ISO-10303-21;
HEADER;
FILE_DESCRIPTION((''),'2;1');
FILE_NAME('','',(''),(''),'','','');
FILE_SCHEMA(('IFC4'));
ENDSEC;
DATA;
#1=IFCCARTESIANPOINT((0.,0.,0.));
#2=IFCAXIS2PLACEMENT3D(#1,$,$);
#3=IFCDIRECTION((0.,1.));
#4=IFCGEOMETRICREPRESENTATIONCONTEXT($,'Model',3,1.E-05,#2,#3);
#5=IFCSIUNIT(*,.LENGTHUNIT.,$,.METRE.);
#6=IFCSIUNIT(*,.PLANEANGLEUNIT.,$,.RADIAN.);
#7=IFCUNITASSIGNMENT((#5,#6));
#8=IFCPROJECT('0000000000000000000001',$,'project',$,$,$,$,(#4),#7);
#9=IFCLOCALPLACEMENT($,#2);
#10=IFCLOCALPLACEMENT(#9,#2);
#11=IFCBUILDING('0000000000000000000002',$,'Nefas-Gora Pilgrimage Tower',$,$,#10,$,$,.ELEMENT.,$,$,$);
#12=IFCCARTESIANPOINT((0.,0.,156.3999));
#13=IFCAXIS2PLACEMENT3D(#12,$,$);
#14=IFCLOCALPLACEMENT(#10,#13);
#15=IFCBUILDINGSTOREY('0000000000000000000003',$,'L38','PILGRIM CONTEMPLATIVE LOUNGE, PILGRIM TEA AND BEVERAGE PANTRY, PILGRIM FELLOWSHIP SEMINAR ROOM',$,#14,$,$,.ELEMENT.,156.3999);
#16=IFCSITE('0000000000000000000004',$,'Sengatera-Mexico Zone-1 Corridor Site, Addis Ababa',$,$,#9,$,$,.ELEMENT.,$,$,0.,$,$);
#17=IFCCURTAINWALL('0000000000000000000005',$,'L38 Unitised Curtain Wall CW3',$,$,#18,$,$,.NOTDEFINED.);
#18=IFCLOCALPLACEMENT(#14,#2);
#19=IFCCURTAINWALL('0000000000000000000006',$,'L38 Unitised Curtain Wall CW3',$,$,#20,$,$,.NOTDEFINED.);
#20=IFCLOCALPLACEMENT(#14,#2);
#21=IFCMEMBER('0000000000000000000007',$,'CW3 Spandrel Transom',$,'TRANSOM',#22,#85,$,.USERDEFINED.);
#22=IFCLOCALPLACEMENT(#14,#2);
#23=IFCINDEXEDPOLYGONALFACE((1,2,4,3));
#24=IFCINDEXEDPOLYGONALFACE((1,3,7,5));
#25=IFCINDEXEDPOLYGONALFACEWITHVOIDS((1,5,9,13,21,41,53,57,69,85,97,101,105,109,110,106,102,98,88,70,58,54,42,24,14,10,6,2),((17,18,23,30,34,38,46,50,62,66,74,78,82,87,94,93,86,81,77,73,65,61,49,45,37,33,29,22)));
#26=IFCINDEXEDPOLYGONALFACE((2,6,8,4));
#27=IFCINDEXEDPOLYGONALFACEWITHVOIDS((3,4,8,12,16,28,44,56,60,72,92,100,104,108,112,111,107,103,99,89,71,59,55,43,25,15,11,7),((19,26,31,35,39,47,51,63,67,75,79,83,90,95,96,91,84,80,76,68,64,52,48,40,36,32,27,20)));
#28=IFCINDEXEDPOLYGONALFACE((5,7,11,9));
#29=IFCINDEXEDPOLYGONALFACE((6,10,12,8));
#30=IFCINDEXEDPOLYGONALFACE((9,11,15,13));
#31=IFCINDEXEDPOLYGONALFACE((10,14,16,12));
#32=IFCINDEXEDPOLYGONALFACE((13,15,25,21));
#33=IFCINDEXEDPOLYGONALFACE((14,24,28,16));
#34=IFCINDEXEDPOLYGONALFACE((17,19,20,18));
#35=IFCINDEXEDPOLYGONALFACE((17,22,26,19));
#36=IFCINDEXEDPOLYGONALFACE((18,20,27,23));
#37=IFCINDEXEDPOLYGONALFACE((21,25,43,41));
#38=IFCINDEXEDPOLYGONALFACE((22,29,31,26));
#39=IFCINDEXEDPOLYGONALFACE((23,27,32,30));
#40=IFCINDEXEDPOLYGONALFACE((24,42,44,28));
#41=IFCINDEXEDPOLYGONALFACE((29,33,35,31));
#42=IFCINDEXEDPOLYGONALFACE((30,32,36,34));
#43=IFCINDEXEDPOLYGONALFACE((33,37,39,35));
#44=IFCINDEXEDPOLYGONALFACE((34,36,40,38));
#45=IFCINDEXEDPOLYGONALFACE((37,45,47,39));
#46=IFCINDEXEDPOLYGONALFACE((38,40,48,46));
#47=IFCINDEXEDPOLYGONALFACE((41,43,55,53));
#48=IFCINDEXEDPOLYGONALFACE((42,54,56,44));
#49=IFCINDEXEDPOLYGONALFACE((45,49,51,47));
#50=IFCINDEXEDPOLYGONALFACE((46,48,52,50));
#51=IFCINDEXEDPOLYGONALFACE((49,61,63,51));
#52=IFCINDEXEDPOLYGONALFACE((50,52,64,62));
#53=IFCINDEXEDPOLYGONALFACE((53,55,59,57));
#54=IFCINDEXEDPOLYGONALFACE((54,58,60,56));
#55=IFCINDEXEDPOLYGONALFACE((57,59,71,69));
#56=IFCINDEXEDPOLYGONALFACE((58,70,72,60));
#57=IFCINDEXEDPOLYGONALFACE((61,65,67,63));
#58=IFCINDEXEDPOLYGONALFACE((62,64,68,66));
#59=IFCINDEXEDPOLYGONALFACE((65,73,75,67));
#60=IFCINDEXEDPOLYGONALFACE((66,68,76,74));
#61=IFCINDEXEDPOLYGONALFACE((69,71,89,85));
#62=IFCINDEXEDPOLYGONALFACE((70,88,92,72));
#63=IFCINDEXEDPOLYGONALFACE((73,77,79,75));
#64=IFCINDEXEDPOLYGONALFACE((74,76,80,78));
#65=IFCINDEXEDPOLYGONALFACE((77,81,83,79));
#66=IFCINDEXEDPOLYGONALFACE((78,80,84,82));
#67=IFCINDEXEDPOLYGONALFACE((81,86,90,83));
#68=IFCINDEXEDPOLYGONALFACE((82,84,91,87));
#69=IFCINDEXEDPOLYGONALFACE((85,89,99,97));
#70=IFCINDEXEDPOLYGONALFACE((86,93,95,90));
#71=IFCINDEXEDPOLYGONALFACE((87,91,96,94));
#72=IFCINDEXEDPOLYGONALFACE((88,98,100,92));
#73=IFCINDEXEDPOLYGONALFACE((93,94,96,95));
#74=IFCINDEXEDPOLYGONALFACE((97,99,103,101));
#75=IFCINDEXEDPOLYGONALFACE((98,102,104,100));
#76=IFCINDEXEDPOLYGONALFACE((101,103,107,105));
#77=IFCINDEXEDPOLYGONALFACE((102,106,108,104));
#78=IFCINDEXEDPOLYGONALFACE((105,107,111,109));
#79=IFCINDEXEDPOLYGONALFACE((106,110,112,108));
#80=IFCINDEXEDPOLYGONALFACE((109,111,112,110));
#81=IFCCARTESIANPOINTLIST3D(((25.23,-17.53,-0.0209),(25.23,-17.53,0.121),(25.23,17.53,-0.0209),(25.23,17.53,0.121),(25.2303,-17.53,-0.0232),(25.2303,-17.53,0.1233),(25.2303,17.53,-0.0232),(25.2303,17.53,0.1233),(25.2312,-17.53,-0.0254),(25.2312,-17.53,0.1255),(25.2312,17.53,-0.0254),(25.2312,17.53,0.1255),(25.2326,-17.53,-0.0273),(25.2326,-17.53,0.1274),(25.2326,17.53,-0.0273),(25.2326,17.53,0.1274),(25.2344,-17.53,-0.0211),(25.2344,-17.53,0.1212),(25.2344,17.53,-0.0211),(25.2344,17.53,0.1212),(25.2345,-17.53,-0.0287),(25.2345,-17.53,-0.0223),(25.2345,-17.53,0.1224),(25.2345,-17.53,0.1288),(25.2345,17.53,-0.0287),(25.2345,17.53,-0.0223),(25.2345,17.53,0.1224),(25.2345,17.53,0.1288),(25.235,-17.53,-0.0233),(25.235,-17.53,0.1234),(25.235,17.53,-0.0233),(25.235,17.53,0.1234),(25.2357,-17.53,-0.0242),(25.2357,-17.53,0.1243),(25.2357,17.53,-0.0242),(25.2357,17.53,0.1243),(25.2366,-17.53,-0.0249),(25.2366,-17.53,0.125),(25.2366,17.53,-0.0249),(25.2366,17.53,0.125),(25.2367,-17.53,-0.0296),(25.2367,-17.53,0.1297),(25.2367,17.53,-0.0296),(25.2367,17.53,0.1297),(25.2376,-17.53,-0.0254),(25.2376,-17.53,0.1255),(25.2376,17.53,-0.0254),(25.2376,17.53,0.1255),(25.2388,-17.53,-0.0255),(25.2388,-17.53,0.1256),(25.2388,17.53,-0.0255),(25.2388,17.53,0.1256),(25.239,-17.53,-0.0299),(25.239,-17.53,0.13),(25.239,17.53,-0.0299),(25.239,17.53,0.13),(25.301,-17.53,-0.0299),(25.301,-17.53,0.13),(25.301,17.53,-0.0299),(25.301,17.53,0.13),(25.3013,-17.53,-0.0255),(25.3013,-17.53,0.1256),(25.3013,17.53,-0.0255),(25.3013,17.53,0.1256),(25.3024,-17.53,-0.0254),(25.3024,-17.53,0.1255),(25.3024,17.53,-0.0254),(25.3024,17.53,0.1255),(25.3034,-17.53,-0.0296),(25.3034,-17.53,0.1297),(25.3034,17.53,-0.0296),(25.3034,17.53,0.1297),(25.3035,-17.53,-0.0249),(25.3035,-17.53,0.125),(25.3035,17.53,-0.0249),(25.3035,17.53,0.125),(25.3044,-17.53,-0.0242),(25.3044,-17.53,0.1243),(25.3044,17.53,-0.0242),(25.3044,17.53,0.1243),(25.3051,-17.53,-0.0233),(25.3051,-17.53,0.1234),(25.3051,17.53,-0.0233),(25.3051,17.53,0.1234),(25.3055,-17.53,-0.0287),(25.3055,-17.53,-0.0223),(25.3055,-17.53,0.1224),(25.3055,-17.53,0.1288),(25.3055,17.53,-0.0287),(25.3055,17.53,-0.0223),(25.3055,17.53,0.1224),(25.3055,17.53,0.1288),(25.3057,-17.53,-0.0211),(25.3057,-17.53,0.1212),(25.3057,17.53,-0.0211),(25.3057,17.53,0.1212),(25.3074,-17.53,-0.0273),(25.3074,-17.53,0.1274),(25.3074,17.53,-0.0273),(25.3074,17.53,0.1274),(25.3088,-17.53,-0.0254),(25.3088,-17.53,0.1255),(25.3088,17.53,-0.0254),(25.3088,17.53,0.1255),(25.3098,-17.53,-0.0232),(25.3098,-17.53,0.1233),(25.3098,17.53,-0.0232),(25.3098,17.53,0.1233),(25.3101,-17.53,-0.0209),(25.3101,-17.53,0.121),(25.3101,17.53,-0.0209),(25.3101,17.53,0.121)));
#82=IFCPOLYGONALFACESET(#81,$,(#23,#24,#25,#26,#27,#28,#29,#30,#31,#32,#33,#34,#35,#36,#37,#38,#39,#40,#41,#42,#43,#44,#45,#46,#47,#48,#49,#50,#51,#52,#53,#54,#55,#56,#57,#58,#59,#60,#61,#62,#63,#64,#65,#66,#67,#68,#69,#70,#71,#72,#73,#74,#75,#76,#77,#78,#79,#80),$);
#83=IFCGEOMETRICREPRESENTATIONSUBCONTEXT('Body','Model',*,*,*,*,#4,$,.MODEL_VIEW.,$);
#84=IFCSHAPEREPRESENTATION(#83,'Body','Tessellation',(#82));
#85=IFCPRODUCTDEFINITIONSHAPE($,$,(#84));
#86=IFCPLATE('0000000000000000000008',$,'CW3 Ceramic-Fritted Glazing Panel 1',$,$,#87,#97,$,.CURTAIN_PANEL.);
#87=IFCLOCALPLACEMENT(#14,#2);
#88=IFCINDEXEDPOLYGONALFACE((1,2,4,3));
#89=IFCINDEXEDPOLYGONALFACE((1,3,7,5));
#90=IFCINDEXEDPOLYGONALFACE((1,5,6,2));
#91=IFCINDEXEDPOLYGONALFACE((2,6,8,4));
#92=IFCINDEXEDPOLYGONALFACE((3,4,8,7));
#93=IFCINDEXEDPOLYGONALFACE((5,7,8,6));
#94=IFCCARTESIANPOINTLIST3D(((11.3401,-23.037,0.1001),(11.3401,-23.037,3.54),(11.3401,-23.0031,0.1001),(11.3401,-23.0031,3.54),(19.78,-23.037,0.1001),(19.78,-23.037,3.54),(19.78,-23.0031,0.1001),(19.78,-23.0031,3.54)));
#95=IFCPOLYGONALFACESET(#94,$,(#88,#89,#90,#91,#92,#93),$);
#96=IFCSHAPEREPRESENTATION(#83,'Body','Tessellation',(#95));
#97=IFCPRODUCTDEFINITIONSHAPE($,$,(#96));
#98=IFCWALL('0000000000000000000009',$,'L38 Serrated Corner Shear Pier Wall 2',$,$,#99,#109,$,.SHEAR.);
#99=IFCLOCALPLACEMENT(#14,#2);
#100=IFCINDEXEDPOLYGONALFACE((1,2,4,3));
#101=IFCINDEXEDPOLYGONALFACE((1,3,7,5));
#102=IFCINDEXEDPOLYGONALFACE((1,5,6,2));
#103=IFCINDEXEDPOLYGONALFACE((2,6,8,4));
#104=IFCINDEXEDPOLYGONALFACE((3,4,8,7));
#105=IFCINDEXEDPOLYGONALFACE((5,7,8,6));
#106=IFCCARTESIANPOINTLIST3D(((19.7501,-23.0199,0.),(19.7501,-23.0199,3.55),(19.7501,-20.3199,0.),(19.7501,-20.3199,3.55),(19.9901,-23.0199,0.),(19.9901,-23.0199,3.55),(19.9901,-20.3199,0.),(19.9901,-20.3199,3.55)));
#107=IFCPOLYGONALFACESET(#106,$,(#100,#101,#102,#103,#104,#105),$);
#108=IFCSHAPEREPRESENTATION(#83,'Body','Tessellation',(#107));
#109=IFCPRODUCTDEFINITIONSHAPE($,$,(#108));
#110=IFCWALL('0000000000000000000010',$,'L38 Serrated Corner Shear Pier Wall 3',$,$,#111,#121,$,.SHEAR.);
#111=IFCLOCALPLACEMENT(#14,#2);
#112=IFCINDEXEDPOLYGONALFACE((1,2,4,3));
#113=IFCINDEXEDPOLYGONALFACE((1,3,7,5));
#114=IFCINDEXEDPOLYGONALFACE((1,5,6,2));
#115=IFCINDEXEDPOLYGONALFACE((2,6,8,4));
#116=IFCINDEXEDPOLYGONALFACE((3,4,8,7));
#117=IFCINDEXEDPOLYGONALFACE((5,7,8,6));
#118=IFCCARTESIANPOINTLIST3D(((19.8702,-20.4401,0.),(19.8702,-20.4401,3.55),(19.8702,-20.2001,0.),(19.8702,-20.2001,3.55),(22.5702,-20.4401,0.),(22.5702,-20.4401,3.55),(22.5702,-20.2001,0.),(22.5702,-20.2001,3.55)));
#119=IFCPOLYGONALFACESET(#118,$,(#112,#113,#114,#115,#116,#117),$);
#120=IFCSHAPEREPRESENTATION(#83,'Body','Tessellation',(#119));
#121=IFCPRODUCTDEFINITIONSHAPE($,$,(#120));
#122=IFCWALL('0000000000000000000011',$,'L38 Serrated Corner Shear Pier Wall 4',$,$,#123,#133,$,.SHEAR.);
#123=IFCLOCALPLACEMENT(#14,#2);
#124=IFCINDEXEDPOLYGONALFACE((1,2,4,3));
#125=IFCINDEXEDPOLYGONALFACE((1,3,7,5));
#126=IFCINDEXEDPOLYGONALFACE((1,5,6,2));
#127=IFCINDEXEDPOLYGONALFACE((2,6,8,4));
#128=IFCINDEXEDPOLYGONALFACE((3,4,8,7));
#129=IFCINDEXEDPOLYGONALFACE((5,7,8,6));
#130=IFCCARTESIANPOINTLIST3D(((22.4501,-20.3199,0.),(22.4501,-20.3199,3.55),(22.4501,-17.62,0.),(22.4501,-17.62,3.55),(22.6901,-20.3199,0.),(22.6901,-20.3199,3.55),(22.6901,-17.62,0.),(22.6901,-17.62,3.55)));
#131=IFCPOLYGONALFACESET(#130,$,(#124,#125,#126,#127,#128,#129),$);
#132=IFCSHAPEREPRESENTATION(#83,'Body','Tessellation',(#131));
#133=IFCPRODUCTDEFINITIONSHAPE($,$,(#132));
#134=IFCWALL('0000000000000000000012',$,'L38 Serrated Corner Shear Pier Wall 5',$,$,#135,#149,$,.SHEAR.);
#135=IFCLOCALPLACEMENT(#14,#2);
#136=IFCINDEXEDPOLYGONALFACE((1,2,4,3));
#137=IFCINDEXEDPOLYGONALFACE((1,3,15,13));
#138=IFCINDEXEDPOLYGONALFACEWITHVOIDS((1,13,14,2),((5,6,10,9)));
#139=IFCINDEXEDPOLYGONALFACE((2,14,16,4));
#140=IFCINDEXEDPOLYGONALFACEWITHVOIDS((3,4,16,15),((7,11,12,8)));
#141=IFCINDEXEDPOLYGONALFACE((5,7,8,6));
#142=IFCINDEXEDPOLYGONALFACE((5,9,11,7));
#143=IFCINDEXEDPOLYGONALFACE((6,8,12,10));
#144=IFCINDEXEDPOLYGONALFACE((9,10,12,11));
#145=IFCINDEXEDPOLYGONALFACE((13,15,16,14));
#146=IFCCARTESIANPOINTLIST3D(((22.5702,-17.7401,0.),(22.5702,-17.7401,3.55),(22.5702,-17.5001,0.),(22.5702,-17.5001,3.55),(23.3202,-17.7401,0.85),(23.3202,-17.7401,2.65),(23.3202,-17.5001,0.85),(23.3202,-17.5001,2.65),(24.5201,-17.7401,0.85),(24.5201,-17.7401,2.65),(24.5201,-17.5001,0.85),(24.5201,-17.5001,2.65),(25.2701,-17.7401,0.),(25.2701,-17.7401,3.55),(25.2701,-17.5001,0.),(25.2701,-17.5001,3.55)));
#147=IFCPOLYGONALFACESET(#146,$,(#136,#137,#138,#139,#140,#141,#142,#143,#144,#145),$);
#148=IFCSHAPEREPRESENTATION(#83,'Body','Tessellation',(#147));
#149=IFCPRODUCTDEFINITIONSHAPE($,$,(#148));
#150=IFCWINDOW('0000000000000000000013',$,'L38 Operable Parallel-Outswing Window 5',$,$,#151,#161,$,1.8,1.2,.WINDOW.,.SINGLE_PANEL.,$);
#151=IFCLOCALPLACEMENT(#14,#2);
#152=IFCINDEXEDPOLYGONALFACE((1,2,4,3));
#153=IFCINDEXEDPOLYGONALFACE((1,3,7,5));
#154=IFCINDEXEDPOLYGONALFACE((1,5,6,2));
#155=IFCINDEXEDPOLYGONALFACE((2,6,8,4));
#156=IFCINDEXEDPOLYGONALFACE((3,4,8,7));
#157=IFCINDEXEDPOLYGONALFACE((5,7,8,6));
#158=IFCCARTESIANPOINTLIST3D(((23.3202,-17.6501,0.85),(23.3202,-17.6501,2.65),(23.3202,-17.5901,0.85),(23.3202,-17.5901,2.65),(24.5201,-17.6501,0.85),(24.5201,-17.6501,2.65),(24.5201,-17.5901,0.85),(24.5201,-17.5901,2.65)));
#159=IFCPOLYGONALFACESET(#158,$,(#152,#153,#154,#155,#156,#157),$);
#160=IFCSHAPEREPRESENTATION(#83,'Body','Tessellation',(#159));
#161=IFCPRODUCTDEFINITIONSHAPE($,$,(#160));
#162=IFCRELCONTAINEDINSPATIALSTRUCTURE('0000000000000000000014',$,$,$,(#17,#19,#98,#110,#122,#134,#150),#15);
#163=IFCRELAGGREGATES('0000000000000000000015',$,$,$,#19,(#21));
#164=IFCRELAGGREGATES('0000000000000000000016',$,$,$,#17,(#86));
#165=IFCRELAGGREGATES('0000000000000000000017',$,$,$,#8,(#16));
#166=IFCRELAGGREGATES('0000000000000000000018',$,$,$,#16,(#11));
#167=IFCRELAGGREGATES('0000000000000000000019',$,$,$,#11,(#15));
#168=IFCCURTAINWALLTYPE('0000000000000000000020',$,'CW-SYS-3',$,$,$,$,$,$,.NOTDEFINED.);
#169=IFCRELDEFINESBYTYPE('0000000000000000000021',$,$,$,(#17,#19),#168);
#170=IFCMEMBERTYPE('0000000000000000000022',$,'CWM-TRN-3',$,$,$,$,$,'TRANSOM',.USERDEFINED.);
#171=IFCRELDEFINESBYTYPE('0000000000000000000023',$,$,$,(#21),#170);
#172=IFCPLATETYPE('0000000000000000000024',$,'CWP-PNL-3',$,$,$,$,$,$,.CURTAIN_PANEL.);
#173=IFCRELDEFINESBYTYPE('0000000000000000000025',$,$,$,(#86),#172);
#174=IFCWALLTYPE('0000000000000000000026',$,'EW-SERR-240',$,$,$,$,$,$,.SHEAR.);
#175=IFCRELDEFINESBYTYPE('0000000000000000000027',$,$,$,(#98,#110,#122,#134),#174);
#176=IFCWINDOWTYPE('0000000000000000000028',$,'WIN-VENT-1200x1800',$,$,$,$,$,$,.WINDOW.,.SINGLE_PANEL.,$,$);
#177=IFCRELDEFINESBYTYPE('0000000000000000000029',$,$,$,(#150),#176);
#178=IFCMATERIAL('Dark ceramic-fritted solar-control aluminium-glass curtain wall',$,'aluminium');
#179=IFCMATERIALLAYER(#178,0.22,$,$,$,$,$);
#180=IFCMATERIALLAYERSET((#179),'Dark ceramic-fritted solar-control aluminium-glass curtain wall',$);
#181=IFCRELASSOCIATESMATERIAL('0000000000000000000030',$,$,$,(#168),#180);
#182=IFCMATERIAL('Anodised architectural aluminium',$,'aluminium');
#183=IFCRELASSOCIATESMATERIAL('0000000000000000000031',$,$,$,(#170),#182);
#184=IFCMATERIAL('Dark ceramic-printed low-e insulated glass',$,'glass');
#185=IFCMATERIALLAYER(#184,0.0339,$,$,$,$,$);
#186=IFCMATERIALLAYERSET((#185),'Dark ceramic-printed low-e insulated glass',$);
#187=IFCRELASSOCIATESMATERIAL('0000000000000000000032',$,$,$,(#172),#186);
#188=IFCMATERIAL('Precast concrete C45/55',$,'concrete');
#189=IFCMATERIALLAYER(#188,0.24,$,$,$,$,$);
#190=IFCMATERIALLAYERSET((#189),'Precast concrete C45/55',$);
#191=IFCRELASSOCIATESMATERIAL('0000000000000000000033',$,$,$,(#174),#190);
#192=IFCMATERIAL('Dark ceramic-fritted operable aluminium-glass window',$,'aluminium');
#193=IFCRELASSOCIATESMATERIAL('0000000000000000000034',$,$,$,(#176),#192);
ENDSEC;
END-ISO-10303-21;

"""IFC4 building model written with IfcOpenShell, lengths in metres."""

from ifc_helpers import new_model, si_unit, direction, frame, frame_2d, origin, origin_2d, place, context, subcontext, project, spatial, rectangle, hollow_rectangle, extrude, source, transform, mapped, material, layer, layer_set, material_profile, profile_set, type_object, element, fill, aggregate, save


model = new_model("IFC4")

# Units and contexts
model_context = context("Model", 3, precision=1e-05, world=origin(), true_north=direction((0.0, 1.0)))
body_context = subcontext(model_context, "Body", "Model", "MODEL_VIEW")
ifc_project = project(units=[si_unit("LENGTHUNIT", "METRE"), si_unit("PLANEANGLEUNIT", "RADIAN")], contexts=[model_context])

# Site, building, storey
site_placement = place(None, origin())
site = spatial("IfcSite", under=ifc_project, at=site_placement, Name="Sengatera-Mexico Zone-1 Corridor Site, Addis Ababa", CompositionType="ELEMENT", RefElevation=0.0)
building_placement = place(site_placement, origin())
building = spatial("IfcBuilding", under=site, at=building_placement, Name="Nefas-Gora Pilgrimage Tower", CompositionType="ELEMENT")
storey_placement = place(building_placement, frame((0.0, 0.0, 156.3999)))
storey = spatial("IfcBuildingStorey", under=building, at=storey_placement, Name="L38", Description="PILGRIM CONTEMPLATIVE LOUNGE, PILGRIM TEA AND BEVERAGE PANTRY, PILGRIM FELLOWSHIP SEMINAR ROOM", CompositionType="ELEMENT", Elevation=156.3999)

# Curtain wall
ifc_material_1 = material(Name="Dark ceramic-fritted solar-control aluminium-glass curtain wall", Category="aluminium")
ifc_layer_1 = layer(ifc_material_1, 0.22)
ifc_layer_set_1 = layer_set([ifc_layer_1], Name="Dark ceramic-fritted solar-control aluminium-glass curtain wall")
curtain_wall_type = type_object("IfcCurtainWallType", Name="CW-SYS-3", PredefinedType="NOTDEFINED", material=ifc_layer_set_1)
curtain_wall_1_placement = place(storey_placement, origin())
curtain_wall_1 = element("IfcCurtainWall", 1, at=curtain_wall_1_placement, inside=storey, type_object=curtain_wall_type, Name="L38 Unitised Curtain Wall CW3", PredefinedType="NOTDEFINED")
ifc_material_2 = material(Name="Anodised architectural aluminium", Category="aluminium")

# Curtain wall
curtain_wall_2_placement = place(storey_placement, origin())
curtain_wall_2 = element("IfcCurtainWall", 2, at=curtain_wall_2_placement, inside=storey, type_object=curtain_wall_type, Name="L38 Unitised Curtain Wall CW3", PredefinedType="NOTDEFINED")

# Member
ifc_material_profile_1 = material_profile(ifc_material_2, hollow_rectangle(XDim=0.0801, YDim=0.1599, WallThickness=0.0044, InnerFilletRadius=0.0044, OuterFilletRadius=0.009, at=origin_2d()), Name="ALU TRANSOM 80x160")
ifc_profile_set_1 = profile_set([ifc_material_profile_1], Name="Anodised architectural aluminium")
member_type_1 = type_object("IfcMemberType", Name="CWM-TRN-3", ElementType="TRANSOM", PredefinedType="USERDEFINED", material=ifc_profile_set_1)
shared_shape_1 = source(origin(), body_context, "Body", "SweptSolid", [
    extrude(hollow_rectangle(XDim=0.0801, YDim=0.1599, WallThickness=0.0044, InnerFilletRadius=0.0044, OuterFilletRadius=0.009, at=origin_2d()), origin(), (0.0, 0.0, 1.0), 35.0601),
])
member_1_placement = place(storey_placement, frame((25.27, -17.53, 0.05), z_axis=(0.0, 1.0, 0.0), x_axis=(-1.0, 0.0, 0.0)))
member_1 = element("IfcMember", 3, at=member_1_placement, type_object=member_type_1, Name="CW3 Spandrel Transom", ObjectType="TRANSOM", PredefinedType="USERDEFINED", context=body_context, shape_type="MappedRepresentation", body=[
    mapped(shared_shape_1, transform((0.0, 0.0, 0.0), x_axis=(1.0, 0.0, 0.0), y_axis=(0.0, 1.0, 0.0), z_axis=(0.0, 0.0, 1.0), scale=1.0)),
])
aggregate(curtain_wall_2, [member_1])

# Plate
ifc_material_3 = material(Name="Dark ceramic-printed low-e insulated glass", Category="glass")
ifc_layer_2 = layer(ifc_material_3, 0.0339)
ifc_layer_set_2 = layer_set([ifc_layer_2], Name="Dark ceramic-printed low-e insulated glass")
plate_type = type_object("IfcPlateType", Name="CWP-PNL-3", PredefinedType="CURTAIN_PANEL", material=ifc_layer_set_2)
shared_shape_2 = source(origin(), body_context, "Body", "SweptSolid", [
    extrude(rectangle(XDim=8.4399, YDim=0.0339, at=origin_2d()), origin(), (0.0, 0.0, 1.0), 3.4399),
])
plate_placement = place(storey_placement, frame((15.5601, -23.02, 0.1001), z_axis=(0.0, 0.0, 1.0), x_axis=(1.0, 0.0, 0.0)))
plate = element("IfcPlate", 4, at=plate_placement, type_object=plate_type, Name="CW3 Ceramic-Fritted Glazing Panel 1", PredefinedType="CURTAIN_PANEL", context=body_context, shape_type="MappedRepresentation", body=[
    mapped(shared_shape_2, transform((0.0, 0.0, 0.0), x_axis=(1.0, 0.0, 0.0), y_axis=(0.0, 1.0, 0.0), z_axis=(0.0, 0.0, 1.0), scale=1.0)),
])
aggregate(curtain_wall_1, [plate])

# Walls
ifc_material_4 = material(Name="Precast concrete C45/55", Category="concrete")
ifc_layer_3 = layer(ifc_material_4, 0.24)
ifc_layer_set_3 = layer_set([ifc_layer_3], Name="Precast concrete C45/55")
wall_type_1 = type_object("IfcWallType", Name="EW-SERR-240", PredefinedType="SHEAR", material=ifc_layer_set_3)
shared_shape_3 = source(origin(), body_context, "Body", "SweptSolid", [
    extrude(rectangle(XDim=2.7, YDim=0.24, at=frame_2d((1.3501, 0.0))), origin(), (0.0, 0.0, 1.0), 3.55),
])
for number, where, z_axis, x_axis, name in (
    (5, (19.8701, -23.02, 0.0), (0.0, 0.0, 1.0), (0.0, 1.0, 0.0), "L38 Serrated Corner Shear Pier Wall 2"),
    (6, (19.8701, -20.3201, 0.0), (0.0, 0.0, 1.0), (1.0, 0.0, 0.0), "L38 Serrated Corner Shear Pier Wall 3"),
    (7, (22.5701, -20.3201, 0.0), (0.0, 0.0, 1.0), (0.0, 1.0, 0.0), "L38 Serrated Corner Shear Pier Wall 4"),
):
    element("IfcWall", number, at=place(storey_placement, frame(where, z_axis=z_axis, x_axis=x_axis)), inside=storey, type_object=wall_type_1, Name=name, PredefinedType="SHEAR", context=body_context, shape_type="MappedRepresentation", body=[
        mapped(shared_shape_3, transform((0.0, 0.0, 0.0), x_axis=(1.0, 0.0, 0.0), y_axis=(0.0, 1.0, 0.0), z_axis=(0.0, 0.0, 1.0), scale=1.0)),
    ])

# Wall, opening, window
wall_1_placement = place(storey_placement, frame((22.5701, -17.6201, 0.0), z_axis=(0.0, 0.0, 1.0), x_axis=(1.0, 0.0, 0.0)))
wall_1 = element("IfcWall", 8, at=wall_1_placement, inside=storey, type_object=wall_type_1, Name="L38 Serrated Corner Shear Pier Wall 5", PredefinedType="SHEAR", context=body_context, shape_type="MappedRepresentation", body=[
    mapped(shared_shape_3, transform((0.0, 0.0, 0.0), x_axis=(1.0, 0.0, 0.0), y_axis=(0.0, 1.0, 0.0), z_axis=(0.0, 0.0, 1.0), scale=1.0)),
])
opening_1_placement = place(wall_1_placement, frame((0.75, 0.0, 0.8501)))
opening_1 = element("IfcOpeningElement", 9, at=opening_1_placement, cuts=wall_1, PredefinedType="OPENING", context=body_context, shape_type="SweptSolid", body=[
    extrude(rectangle(XDim=1.2, YDim=1.8, at=frame_2d((0.6001, 0.8999))), frame((0.0, 0.1299, 0.0), z_axis=(0.0, -1.0, 0.0), x_axis=(1.0, 0.0, 0.0)), (0.0, 0.0, 1.0), 0.26),
])
ifc_material_5 = material(Name="Dark ceramic-fritted operable aluminium-glass window", Category="aluminium")
window_type = type_object("IfcWindowType", Name="WIN-VENT-1200x1800", PartitioningType="SINGLE_PANEL", PredefinedType="WINDOW", material=ifc_material_5)
shared_shape_4 = source(origin(), body_context, "Body", "SweptSolid", [
    extrude(rectangle(XDim=1.2, YDim=1.8, at=frame_2d((0.6001, 0.8999))), frame((0.0, 0.03, 0.0), z_axis=(0.0, -1.0, 0.0), x_axis=(1.0, 0.0, 0.0)), (0.0, 0.0, 1.0), 0.0601),
])
window_placement = place(opening_1_placement, origin())
window = element("IfcWindow", 10, at=window_placement, inside=storey, type_object=window_type, Name="L38 Operable Parallel-Outswing Window 5", OverallHeight=1.8, OverallWidth=1.2, PartitioningType="SINGLE_PANEL", PredefinedType="WINDOW", context=body_context, shape_type="MappedRepresentation", body=[
    mapped(shared_shape_4, transform((0.0, 0.0, 0.0), x_axis=(1.0, 0.0, 0.0), y_axis=(0.0, 1.0, 0.0), z_axis=(0.0, 0.0, 1.0), scale=1.0)),
])
fill(opening_1, window)

save(model, "model.ifc")
